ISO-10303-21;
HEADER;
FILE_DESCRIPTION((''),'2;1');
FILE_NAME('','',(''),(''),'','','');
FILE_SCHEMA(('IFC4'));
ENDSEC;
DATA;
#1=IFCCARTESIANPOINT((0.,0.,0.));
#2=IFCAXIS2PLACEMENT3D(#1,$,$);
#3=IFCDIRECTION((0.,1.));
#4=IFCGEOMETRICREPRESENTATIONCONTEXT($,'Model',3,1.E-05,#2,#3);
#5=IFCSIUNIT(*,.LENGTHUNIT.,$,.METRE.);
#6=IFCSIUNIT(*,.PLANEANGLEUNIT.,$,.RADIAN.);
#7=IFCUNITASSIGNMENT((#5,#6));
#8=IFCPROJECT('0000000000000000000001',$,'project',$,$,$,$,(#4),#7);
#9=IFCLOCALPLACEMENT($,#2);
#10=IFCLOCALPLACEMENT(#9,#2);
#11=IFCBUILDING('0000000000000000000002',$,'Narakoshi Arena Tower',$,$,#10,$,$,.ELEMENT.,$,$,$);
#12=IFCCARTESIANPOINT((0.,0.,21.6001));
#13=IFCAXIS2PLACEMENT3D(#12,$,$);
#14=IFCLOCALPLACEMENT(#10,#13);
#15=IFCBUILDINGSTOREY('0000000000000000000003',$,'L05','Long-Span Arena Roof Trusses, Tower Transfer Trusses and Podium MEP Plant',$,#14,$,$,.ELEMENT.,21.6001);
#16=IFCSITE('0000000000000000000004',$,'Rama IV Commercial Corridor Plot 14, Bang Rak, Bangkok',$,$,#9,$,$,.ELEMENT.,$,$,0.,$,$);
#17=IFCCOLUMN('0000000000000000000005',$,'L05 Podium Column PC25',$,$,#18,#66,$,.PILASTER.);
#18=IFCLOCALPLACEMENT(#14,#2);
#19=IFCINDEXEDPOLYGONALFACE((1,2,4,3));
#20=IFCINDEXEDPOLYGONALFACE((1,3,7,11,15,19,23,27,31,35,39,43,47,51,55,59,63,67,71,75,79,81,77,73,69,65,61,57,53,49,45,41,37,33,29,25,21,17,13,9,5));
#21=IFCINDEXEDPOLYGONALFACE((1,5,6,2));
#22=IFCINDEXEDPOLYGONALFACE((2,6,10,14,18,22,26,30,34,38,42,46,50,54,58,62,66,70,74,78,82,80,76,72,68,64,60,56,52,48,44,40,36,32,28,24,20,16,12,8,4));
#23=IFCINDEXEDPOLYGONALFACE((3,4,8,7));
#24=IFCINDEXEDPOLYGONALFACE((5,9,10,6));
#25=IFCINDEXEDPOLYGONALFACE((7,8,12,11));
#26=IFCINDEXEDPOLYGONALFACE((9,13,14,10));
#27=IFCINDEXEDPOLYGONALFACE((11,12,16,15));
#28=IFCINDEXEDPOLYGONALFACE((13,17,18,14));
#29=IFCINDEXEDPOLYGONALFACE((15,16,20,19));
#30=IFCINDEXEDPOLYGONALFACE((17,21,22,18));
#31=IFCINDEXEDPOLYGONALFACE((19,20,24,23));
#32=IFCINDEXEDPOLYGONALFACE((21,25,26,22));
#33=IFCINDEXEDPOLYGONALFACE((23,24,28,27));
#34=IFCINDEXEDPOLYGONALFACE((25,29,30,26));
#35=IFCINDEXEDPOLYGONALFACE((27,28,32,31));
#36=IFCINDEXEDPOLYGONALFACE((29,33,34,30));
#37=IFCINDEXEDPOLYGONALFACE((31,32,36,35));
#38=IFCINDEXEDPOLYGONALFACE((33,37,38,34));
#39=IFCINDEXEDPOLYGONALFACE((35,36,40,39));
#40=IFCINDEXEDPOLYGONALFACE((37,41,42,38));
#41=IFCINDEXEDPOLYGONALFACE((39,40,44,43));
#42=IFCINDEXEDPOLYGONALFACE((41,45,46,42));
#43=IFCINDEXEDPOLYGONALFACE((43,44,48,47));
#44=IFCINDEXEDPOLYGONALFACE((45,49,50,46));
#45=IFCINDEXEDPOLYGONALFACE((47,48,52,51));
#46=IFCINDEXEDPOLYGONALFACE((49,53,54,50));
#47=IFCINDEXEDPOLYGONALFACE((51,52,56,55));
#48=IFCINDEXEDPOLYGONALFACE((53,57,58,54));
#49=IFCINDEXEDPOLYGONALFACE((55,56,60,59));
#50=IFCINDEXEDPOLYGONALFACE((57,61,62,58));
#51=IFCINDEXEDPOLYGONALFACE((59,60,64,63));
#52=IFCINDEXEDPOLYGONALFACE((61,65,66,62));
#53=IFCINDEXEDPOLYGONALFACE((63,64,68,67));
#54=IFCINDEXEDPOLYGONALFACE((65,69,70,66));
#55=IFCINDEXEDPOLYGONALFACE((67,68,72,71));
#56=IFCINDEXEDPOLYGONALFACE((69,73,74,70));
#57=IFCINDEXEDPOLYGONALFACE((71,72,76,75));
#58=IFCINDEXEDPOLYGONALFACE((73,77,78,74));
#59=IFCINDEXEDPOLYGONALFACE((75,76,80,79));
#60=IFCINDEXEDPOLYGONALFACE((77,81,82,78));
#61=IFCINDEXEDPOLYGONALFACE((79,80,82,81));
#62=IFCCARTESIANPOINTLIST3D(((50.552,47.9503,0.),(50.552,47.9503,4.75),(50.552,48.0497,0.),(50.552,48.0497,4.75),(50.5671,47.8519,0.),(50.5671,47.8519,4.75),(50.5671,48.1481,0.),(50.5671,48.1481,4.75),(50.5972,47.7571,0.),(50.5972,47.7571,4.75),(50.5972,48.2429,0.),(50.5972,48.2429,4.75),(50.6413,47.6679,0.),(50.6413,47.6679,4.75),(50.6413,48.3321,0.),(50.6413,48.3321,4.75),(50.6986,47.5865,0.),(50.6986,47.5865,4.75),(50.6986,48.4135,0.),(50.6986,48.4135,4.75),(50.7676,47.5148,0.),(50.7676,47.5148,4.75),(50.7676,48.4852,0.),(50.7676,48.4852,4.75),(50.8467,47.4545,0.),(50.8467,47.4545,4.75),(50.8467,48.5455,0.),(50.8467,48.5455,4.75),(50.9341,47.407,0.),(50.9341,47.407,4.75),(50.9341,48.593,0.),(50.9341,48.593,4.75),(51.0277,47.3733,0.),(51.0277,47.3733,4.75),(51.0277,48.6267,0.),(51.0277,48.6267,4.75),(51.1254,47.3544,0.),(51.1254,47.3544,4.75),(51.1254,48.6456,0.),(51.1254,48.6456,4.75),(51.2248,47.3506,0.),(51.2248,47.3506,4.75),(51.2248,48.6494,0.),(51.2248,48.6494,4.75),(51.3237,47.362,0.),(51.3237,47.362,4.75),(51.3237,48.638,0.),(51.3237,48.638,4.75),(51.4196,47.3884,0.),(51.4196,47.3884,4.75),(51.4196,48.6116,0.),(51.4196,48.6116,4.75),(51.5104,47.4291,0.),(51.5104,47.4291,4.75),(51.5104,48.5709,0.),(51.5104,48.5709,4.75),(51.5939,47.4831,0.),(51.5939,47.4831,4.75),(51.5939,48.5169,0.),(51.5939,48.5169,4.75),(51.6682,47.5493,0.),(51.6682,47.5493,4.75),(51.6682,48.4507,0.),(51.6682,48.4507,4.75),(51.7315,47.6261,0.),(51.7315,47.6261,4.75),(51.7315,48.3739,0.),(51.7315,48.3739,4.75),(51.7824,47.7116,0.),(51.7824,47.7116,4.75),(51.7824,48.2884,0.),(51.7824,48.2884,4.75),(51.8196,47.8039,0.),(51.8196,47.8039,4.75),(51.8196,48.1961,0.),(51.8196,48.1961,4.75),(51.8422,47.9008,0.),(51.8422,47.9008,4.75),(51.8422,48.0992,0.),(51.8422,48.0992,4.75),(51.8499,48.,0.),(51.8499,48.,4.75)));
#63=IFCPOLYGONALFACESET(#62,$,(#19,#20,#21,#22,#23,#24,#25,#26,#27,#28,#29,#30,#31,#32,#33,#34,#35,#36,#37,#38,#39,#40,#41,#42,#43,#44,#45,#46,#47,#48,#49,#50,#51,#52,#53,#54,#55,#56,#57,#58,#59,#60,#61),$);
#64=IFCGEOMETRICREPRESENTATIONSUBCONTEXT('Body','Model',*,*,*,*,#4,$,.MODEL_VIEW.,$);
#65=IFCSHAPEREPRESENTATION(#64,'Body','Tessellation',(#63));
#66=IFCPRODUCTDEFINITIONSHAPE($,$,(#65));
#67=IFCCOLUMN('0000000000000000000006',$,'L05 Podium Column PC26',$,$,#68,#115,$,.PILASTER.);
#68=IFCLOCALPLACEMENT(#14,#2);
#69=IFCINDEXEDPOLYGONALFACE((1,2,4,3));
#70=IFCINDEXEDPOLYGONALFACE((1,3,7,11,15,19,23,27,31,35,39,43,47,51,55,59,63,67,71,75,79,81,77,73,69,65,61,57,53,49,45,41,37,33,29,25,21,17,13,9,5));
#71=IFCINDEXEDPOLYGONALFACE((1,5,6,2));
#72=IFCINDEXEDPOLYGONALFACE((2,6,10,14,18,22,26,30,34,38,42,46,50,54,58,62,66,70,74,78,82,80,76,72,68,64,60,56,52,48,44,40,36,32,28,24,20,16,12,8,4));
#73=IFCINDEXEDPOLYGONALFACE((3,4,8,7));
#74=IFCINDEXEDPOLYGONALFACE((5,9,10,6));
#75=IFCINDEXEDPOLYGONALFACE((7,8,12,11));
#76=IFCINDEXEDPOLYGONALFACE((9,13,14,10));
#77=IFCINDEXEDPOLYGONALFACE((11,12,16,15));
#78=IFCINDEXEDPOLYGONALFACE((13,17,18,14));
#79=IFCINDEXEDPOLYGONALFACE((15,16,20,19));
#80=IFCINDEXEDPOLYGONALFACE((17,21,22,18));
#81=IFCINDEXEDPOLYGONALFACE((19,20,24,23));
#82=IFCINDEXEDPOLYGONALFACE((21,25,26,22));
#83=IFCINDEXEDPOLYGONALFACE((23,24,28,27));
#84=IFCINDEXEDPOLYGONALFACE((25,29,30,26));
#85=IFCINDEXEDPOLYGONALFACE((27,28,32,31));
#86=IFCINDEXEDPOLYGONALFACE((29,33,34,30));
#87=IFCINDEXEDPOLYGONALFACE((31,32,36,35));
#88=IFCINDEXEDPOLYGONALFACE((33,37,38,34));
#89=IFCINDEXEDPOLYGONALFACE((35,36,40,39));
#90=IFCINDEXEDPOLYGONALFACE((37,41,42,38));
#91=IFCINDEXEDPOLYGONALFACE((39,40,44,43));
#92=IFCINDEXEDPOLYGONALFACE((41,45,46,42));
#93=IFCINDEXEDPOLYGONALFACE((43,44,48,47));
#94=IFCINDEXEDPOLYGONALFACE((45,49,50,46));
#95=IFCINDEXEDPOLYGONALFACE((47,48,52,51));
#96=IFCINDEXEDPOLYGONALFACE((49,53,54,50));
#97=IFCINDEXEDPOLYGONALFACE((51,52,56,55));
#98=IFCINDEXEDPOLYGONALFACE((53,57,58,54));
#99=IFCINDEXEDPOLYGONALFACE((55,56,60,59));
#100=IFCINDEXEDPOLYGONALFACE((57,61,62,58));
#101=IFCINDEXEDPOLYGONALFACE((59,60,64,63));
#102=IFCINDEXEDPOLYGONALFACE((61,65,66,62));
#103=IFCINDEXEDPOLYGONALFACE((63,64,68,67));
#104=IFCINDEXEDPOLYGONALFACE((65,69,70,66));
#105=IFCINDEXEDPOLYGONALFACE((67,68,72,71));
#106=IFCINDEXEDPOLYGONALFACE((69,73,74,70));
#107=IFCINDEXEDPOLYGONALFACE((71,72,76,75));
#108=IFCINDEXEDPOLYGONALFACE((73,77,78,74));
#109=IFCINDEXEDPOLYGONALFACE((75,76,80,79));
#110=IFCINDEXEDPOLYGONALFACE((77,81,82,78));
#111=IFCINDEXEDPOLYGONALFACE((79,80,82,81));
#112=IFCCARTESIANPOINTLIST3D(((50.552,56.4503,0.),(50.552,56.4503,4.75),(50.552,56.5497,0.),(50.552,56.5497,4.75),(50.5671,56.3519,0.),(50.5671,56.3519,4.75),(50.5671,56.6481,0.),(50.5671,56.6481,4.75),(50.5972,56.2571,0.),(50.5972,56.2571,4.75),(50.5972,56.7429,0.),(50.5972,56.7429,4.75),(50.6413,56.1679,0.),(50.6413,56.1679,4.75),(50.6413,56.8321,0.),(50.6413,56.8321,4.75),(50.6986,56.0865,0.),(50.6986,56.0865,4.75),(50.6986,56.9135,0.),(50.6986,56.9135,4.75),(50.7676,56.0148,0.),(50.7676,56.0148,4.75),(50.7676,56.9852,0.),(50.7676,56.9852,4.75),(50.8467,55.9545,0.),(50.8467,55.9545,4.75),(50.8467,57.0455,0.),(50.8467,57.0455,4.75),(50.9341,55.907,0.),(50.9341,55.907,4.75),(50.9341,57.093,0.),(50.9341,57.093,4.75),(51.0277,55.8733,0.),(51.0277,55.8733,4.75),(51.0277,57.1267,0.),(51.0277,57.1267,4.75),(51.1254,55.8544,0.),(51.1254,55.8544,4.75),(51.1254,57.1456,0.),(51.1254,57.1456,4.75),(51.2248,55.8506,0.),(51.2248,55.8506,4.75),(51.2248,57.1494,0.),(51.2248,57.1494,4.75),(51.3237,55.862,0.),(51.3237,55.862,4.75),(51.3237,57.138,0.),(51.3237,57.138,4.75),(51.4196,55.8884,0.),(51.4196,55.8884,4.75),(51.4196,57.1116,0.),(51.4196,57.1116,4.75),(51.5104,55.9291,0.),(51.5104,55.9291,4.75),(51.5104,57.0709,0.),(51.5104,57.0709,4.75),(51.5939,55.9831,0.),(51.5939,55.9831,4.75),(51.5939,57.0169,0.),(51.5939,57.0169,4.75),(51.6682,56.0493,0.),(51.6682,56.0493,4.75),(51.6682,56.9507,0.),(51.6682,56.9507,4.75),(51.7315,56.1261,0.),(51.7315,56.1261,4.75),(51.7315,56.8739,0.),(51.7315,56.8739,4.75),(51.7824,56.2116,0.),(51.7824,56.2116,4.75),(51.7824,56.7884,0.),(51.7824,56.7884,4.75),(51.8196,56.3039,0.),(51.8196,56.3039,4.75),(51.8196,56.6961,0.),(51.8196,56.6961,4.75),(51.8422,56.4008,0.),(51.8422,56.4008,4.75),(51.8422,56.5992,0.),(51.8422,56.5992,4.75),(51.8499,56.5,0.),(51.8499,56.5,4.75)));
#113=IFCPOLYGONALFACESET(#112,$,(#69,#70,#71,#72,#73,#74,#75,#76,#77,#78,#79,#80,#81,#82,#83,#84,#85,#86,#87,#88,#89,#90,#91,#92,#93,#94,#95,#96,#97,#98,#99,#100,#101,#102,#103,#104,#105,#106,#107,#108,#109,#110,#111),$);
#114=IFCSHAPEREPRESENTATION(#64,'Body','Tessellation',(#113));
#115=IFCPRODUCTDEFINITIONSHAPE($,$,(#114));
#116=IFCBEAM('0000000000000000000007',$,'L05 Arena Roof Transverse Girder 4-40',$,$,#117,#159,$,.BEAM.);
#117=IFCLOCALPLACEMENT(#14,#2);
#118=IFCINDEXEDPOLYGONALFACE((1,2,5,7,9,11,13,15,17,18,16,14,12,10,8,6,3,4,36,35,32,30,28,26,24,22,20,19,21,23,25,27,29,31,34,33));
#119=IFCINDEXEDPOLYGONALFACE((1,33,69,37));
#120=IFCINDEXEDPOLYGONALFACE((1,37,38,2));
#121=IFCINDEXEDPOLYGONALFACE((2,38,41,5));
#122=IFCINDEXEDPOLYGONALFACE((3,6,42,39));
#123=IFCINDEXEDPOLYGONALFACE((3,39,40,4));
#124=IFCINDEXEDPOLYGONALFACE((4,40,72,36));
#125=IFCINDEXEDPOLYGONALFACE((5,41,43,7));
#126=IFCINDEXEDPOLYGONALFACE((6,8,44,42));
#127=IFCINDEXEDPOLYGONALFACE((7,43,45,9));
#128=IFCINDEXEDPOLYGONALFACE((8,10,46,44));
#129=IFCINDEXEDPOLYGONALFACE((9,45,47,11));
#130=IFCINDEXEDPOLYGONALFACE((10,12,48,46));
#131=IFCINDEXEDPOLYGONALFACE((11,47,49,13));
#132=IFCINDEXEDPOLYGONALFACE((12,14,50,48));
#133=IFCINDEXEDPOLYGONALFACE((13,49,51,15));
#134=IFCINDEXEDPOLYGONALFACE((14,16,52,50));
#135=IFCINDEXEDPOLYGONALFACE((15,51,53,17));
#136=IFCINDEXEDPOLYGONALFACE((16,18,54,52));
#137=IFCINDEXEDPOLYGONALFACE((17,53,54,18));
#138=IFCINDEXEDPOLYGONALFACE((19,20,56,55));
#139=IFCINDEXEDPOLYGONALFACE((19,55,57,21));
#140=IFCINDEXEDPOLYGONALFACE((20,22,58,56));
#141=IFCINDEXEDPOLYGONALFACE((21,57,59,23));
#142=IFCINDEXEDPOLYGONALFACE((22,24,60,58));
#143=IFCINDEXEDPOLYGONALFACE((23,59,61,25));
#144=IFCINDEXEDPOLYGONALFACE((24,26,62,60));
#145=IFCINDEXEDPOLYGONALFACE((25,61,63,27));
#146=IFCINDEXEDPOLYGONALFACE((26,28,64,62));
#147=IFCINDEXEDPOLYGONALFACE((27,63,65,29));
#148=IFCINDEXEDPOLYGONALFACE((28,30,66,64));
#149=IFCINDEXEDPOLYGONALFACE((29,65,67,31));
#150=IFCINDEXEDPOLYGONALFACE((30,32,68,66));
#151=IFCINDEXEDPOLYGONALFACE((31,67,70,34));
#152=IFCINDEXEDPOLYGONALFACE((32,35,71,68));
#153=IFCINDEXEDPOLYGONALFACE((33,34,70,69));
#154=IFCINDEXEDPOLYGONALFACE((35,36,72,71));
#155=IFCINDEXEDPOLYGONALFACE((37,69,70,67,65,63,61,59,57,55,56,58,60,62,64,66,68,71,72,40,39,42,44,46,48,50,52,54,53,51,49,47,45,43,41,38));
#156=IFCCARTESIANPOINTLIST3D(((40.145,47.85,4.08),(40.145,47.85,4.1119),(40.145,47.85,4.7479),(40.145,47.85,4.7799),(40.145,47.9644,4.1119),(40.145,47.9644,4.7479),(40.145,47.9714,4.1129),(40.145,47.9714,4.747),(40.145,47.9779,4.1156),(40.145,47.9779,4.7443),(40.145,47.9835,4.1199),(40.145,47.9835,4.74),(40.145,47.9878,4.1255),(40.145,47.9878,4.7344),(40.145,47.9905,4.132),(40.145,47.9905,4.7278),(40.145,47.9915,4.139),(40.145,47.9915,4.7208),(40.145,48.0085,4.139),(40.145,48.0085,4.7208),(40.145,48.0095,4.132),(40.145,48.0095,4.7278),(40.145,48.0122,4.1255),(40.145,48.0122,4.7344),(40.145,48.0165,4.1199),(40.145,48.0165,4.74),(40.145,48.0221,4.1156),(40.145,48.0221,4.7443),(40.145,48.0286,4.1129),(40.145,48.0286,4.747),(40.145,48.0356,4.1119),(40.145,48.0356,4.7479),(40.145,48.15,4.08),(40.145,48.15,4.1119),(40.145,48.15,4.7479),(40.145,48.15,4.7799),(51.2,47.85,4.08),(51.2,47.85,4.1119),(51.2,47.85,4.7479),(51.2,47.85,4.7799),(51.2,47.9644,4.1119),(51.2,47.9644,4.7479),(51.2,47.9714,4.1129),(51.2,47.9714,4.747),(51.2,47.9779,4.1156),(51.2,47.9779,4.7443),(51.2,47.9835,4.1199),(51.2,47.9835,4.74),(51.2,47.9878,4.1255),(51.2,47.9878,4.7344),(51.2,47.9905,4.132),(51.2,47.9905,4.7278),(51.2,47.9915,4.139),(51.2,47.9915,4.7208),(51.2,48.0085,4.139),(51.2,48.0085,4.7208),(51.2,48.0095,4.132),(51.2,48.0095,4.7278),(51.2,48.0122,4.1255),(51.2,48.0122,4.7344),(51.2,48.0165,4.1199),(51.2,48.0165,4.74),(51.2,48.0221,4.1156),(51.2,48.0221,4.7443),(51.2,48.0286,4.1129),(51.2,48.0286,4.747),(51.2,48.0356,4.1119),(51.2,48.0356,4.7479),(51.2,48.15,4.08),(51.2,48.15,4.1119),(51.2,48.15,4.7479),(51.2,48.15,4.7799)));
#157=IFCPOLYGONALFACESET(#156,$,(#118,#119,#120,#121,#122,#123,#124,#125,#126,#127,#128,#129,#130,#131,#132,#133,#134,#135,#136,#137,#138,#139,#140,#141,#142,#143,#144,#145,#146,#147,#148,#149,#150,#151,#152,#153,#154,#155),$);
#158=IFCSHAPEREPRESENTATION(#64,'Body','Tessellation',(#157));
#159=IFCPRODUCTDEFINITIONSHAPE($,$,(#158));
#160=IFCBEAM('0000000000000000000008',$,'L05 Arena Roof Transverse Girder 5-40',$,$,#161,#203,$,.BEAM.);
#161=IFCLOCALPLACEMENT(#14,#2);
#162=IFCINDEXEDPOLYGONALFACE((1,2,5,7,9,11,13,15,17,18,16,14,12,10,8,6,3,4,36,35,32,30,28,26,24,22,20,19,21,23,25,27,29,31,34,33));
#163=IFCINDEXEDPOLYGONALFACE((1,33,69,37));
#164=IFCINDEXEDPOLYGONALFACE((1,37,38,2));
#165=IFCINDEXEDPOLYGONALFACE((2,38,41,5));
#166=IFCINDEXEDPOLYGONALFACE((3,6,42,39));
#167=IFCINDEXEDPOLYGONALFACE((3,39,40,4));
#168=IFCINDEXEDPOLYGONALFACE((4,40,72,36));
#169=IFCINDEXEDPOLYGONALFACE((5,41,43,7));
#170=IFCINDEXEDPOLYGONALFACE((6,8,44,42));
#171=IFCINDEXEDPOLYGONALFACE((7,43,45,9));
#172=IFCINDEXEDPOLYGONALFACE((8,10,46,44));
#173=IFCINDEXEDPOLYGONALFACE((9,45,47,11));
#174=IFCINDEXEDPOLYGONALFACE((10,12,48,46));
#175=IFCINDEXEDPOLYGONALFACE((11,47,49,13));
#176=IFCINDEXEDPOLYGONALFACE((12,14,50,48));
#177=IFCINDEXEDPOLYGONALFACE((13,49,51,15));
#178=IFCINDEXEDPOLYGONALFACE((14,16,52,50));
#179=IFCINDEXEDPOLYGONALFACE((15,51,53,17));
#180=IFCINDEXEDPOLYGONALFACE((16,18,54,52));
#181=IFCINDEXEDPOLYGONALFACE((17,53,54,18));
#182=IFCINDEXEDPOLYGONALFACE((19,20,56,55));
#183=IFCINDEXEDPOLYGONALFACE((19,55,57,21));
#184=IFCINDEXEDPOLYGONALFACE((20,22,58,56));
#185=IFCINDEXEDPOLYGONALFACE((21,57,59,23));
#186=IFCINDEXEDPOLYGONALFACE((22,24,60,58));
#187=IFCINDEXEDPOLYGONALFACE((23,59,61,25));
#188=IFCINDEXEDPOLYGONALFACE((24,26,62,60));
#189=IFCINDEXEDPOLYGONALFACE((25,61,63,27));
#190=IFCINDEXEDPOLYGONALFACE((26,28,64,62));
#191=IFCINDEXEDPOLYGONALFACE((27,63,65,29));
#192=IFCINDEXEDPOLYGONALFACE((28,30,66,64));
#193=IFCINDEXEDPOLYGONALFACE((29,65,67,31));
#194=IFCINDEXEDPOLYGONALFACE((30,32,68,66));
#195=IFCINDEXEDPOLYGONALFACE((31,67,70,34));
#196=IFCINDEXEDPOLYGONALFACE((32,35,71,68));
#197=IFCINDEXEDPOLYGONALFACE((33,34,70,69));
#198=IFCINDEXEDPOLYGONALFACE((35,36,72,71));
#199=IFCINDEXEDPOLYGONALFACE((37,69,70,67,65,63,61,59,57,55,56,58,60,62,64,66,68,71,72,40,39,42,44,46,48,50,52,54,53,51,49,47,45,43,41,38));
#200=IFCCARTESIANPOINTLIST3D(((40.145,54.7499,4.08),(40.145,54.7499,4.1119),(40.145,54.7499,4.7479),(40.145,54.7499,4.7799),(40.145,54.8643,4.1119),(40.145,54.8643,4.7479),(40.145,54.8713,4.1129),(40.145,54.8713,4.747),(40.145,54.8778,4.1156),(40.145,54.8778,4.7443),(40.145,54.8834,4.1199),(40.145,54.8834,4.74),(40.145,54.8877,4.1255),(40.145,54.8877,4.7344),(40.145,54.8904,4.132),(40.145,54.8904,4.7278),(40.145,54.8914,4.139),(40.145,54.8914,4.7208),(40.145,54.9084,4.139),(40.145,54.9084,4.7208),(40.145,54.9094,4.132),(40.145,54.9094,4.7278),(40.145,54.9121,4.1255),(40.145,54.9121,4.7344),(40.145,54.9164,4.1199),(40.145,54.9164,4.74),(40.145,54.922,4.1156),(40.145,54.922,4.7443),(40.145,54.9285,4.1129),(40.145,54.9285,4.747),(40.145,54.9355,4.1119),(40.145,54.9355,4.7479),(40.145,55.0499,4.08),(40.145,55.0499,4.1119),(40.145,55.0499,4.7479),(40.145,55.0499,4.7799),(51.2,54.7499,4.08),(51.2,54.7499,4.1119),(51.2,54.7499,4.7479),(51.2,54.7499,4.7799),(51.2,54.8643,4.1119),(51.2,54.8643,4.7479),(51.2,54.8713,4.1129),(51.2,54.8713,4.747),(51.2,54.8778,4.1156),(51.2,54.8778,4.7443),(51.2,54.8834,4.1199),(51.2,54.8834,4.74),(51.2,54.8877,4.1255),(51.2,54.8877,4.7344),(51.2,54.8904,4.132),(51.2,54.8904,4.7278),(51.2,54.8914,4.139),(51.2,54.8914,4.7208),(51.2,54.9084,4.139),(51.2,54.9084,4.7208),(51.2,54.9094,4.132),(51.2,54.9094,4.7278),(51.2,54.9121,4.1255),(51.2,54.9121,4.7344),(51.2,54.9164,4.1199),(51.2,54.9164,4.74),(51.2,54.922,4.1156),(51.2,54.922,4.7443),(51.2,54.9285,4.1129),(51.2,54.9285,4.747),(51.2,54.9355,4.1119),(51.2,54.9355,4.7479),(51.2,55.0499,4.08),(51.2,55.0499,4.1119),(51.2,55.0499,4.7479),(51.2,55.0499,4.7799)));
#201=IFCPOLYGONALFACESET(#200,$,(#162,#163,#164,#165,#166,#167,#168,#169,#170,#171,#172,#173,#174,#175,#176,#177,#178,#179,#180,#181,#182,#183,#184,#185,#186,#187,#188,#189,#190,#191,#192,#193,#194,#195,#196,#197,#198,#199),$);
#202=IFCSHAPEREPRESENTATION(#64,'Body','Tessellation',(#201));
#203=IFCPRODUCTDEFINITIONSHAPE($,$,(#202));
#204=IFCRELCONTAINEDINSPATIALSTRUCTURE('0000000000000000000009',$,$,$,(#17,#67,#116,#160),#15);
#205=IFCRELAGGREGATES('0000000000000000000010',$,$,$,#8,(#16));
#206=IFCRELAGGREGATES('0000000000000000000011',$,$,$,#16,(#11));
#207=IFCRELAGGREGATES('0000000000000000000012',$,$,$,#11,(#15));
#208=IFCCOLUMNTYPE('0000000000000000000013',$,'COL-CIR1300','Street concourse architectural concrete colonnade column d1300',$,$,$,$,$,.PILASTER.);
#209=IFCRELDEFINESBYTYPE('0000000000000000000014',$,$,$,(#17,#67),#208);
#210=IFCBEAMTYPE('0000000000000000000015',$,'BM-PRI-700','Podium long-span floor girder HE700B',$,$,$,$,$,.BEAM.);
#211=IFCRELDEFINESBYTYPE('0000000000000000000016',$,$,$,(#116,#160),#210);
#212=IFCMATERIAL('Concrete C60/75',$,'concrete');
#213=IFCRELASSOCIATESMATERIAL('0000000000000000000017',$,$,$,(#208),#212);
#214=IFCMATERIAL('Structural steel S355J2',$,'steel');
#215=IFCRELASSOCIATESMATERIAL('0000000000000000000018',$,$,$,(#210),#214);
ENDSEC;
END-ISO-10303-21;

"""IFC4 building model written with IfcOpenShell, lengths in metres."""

from ifc_helpers import new_model, si_unit, direction, frame, origin, origin_2d, place, context, subcontext, project, spatial, circle, i_section, extrude, material, material_profile, profile_set, type_object, element, save


model = new_model("IFC4")

# Units and contexts
model_context = context("Model", 3, precision=1e-05, world=origin(), true_north=direction((0.0, 1.0)))
body_context = subcontext(model_context, "Body", "Model", "MODEL_VIEW")
ifc_project = project(units=[si_unit("LENGTHUNIT", "METRE"), si_unit("PLANEANGLEUNIT", "RADIAN")], contexts=[model_context])

# Site, building, storey
site_placement = place(None, origin())
site = spatial("IfcSite", under=ifc_project, at=site_placement, Name="Rama IV Commercial Corridor Plot 14, Bang Rak, Bangkok", CompositionType="ELEMENT", RefElevation=0.0)
building_placement = place(site_placement, origin())
building = spatial("IfcBuilding", under=site, at=building_placement, Name="Narakoshi Arena Tower", CompositionType="ELEMENT")
storey_placement = place(building_placement, frame((0.0, 0.0, 21.6001)))
storey = spatial("IfcBuildingStorey", under=building, at=storey_placement, Name="L05", Description="Long-Span Arena Roof Trusses, Tower Transfer Trusses and Podium MEP Plant", CompositionType="ELEMENT", Elevation=21.6001)

# Columns
ifc_material_1 = material(Name="Concrete C60/75", Category="concrete")
ifc_material_profile_1 = material_profile(ifc_material_1, circle(Radius=0.6499, at=origin_2d()), Name="RCC1300")
ifc_profile_set_1 = profile_set([ifc_material_profile_1], Name="Concrete C60/75")
column_type = type_object("IfcColumnType", Name="COL-CIR1300", Description="Street concourse architectural concrete colonnade column d1300", PredefinedType="PILASTER", material=ifc_profile_set_1)
for number, where, z_axis, x_axis, name in (
    (1, (51.2, 48.0, 0.0), (0.0, 0.0, 1.0), (1.0, 0.0, 0.0), "L05 Podium Column PC25"),
    (2, (51.2, 56.5, 0.0), (0.0, 0.0, 1.0), (1.0, 0.0, 0.0), "L05 Podium Column PC26"),
):
    element("IfcColumn", number, at=place(storey_placement, frame(where, z_axis=z_axis, x_axis=x_axis)), inside=storey, type_object=column_type, Name=name, PredefinedType="PILASTER", context=body_context, shape_type="SweptSolid", body=[
        extrude(circle(Radius=0.6499, at=origin_2d()), origin(), (0.0, 0.0, 1.0), 4.75),
    ])

# Beams
ifc_material_2 = material(Name="Structural steel S355J2", Category="steel")
ifc_material_profile_2 = material_profile(ifc_material_2, i_section(OverallWidth=0.3, OverallDepth=0.7, WebThickness=0.0171, FlangeThickness=0.032, FilletRadius=0.0271, at=origin_2d()), Name="HE700B")
ifc_profile_set_2 = profile_set([ifc_material_profile_2], Name="Structural steel S355J2")
beam_type_1 = type_object("IfcBeamType", Name="BM-PRI-700", Description="Podium long-span floor girder HE700B", PredefinedType="BEAM", material=ifc_profile_set_2)
for number, where, z_axis, x_axis, name in (
    (3, (40.145, 48.0, 4.4299), (1.0, 0.0, 0.0), (0.0, 1.0, 0.0), "L05 Arena Roof Transverse Girder 4-40"),
    (4, (40.145, 54.8999, 4.4299), (1.0, 0.0, 0.0), (0.0, 1.0, 0.0), "L05 Arena Roof Transverse Girder 5-40"),
):
    element("IfcBeam", number, at=place(storey_placement, frame(where, z_axis=z_axis, x_axis=x_axis)), inside=storey, type_object=beam_type_1, Name=name, PredefinedType="BEAM", context=body_context, shape_type="SweptSolid", body=[
        extrude(i_section(OverallWidth=0.3, OverallDepth=0.7, WebThickness=0.0171, FlangeThickness=0.032, FilletRadius=0.0271, at=origin_2d()), origin(), (0.0, 0.0, 1.0), 11.0549),
    ])

save(model, "model.ifc")
